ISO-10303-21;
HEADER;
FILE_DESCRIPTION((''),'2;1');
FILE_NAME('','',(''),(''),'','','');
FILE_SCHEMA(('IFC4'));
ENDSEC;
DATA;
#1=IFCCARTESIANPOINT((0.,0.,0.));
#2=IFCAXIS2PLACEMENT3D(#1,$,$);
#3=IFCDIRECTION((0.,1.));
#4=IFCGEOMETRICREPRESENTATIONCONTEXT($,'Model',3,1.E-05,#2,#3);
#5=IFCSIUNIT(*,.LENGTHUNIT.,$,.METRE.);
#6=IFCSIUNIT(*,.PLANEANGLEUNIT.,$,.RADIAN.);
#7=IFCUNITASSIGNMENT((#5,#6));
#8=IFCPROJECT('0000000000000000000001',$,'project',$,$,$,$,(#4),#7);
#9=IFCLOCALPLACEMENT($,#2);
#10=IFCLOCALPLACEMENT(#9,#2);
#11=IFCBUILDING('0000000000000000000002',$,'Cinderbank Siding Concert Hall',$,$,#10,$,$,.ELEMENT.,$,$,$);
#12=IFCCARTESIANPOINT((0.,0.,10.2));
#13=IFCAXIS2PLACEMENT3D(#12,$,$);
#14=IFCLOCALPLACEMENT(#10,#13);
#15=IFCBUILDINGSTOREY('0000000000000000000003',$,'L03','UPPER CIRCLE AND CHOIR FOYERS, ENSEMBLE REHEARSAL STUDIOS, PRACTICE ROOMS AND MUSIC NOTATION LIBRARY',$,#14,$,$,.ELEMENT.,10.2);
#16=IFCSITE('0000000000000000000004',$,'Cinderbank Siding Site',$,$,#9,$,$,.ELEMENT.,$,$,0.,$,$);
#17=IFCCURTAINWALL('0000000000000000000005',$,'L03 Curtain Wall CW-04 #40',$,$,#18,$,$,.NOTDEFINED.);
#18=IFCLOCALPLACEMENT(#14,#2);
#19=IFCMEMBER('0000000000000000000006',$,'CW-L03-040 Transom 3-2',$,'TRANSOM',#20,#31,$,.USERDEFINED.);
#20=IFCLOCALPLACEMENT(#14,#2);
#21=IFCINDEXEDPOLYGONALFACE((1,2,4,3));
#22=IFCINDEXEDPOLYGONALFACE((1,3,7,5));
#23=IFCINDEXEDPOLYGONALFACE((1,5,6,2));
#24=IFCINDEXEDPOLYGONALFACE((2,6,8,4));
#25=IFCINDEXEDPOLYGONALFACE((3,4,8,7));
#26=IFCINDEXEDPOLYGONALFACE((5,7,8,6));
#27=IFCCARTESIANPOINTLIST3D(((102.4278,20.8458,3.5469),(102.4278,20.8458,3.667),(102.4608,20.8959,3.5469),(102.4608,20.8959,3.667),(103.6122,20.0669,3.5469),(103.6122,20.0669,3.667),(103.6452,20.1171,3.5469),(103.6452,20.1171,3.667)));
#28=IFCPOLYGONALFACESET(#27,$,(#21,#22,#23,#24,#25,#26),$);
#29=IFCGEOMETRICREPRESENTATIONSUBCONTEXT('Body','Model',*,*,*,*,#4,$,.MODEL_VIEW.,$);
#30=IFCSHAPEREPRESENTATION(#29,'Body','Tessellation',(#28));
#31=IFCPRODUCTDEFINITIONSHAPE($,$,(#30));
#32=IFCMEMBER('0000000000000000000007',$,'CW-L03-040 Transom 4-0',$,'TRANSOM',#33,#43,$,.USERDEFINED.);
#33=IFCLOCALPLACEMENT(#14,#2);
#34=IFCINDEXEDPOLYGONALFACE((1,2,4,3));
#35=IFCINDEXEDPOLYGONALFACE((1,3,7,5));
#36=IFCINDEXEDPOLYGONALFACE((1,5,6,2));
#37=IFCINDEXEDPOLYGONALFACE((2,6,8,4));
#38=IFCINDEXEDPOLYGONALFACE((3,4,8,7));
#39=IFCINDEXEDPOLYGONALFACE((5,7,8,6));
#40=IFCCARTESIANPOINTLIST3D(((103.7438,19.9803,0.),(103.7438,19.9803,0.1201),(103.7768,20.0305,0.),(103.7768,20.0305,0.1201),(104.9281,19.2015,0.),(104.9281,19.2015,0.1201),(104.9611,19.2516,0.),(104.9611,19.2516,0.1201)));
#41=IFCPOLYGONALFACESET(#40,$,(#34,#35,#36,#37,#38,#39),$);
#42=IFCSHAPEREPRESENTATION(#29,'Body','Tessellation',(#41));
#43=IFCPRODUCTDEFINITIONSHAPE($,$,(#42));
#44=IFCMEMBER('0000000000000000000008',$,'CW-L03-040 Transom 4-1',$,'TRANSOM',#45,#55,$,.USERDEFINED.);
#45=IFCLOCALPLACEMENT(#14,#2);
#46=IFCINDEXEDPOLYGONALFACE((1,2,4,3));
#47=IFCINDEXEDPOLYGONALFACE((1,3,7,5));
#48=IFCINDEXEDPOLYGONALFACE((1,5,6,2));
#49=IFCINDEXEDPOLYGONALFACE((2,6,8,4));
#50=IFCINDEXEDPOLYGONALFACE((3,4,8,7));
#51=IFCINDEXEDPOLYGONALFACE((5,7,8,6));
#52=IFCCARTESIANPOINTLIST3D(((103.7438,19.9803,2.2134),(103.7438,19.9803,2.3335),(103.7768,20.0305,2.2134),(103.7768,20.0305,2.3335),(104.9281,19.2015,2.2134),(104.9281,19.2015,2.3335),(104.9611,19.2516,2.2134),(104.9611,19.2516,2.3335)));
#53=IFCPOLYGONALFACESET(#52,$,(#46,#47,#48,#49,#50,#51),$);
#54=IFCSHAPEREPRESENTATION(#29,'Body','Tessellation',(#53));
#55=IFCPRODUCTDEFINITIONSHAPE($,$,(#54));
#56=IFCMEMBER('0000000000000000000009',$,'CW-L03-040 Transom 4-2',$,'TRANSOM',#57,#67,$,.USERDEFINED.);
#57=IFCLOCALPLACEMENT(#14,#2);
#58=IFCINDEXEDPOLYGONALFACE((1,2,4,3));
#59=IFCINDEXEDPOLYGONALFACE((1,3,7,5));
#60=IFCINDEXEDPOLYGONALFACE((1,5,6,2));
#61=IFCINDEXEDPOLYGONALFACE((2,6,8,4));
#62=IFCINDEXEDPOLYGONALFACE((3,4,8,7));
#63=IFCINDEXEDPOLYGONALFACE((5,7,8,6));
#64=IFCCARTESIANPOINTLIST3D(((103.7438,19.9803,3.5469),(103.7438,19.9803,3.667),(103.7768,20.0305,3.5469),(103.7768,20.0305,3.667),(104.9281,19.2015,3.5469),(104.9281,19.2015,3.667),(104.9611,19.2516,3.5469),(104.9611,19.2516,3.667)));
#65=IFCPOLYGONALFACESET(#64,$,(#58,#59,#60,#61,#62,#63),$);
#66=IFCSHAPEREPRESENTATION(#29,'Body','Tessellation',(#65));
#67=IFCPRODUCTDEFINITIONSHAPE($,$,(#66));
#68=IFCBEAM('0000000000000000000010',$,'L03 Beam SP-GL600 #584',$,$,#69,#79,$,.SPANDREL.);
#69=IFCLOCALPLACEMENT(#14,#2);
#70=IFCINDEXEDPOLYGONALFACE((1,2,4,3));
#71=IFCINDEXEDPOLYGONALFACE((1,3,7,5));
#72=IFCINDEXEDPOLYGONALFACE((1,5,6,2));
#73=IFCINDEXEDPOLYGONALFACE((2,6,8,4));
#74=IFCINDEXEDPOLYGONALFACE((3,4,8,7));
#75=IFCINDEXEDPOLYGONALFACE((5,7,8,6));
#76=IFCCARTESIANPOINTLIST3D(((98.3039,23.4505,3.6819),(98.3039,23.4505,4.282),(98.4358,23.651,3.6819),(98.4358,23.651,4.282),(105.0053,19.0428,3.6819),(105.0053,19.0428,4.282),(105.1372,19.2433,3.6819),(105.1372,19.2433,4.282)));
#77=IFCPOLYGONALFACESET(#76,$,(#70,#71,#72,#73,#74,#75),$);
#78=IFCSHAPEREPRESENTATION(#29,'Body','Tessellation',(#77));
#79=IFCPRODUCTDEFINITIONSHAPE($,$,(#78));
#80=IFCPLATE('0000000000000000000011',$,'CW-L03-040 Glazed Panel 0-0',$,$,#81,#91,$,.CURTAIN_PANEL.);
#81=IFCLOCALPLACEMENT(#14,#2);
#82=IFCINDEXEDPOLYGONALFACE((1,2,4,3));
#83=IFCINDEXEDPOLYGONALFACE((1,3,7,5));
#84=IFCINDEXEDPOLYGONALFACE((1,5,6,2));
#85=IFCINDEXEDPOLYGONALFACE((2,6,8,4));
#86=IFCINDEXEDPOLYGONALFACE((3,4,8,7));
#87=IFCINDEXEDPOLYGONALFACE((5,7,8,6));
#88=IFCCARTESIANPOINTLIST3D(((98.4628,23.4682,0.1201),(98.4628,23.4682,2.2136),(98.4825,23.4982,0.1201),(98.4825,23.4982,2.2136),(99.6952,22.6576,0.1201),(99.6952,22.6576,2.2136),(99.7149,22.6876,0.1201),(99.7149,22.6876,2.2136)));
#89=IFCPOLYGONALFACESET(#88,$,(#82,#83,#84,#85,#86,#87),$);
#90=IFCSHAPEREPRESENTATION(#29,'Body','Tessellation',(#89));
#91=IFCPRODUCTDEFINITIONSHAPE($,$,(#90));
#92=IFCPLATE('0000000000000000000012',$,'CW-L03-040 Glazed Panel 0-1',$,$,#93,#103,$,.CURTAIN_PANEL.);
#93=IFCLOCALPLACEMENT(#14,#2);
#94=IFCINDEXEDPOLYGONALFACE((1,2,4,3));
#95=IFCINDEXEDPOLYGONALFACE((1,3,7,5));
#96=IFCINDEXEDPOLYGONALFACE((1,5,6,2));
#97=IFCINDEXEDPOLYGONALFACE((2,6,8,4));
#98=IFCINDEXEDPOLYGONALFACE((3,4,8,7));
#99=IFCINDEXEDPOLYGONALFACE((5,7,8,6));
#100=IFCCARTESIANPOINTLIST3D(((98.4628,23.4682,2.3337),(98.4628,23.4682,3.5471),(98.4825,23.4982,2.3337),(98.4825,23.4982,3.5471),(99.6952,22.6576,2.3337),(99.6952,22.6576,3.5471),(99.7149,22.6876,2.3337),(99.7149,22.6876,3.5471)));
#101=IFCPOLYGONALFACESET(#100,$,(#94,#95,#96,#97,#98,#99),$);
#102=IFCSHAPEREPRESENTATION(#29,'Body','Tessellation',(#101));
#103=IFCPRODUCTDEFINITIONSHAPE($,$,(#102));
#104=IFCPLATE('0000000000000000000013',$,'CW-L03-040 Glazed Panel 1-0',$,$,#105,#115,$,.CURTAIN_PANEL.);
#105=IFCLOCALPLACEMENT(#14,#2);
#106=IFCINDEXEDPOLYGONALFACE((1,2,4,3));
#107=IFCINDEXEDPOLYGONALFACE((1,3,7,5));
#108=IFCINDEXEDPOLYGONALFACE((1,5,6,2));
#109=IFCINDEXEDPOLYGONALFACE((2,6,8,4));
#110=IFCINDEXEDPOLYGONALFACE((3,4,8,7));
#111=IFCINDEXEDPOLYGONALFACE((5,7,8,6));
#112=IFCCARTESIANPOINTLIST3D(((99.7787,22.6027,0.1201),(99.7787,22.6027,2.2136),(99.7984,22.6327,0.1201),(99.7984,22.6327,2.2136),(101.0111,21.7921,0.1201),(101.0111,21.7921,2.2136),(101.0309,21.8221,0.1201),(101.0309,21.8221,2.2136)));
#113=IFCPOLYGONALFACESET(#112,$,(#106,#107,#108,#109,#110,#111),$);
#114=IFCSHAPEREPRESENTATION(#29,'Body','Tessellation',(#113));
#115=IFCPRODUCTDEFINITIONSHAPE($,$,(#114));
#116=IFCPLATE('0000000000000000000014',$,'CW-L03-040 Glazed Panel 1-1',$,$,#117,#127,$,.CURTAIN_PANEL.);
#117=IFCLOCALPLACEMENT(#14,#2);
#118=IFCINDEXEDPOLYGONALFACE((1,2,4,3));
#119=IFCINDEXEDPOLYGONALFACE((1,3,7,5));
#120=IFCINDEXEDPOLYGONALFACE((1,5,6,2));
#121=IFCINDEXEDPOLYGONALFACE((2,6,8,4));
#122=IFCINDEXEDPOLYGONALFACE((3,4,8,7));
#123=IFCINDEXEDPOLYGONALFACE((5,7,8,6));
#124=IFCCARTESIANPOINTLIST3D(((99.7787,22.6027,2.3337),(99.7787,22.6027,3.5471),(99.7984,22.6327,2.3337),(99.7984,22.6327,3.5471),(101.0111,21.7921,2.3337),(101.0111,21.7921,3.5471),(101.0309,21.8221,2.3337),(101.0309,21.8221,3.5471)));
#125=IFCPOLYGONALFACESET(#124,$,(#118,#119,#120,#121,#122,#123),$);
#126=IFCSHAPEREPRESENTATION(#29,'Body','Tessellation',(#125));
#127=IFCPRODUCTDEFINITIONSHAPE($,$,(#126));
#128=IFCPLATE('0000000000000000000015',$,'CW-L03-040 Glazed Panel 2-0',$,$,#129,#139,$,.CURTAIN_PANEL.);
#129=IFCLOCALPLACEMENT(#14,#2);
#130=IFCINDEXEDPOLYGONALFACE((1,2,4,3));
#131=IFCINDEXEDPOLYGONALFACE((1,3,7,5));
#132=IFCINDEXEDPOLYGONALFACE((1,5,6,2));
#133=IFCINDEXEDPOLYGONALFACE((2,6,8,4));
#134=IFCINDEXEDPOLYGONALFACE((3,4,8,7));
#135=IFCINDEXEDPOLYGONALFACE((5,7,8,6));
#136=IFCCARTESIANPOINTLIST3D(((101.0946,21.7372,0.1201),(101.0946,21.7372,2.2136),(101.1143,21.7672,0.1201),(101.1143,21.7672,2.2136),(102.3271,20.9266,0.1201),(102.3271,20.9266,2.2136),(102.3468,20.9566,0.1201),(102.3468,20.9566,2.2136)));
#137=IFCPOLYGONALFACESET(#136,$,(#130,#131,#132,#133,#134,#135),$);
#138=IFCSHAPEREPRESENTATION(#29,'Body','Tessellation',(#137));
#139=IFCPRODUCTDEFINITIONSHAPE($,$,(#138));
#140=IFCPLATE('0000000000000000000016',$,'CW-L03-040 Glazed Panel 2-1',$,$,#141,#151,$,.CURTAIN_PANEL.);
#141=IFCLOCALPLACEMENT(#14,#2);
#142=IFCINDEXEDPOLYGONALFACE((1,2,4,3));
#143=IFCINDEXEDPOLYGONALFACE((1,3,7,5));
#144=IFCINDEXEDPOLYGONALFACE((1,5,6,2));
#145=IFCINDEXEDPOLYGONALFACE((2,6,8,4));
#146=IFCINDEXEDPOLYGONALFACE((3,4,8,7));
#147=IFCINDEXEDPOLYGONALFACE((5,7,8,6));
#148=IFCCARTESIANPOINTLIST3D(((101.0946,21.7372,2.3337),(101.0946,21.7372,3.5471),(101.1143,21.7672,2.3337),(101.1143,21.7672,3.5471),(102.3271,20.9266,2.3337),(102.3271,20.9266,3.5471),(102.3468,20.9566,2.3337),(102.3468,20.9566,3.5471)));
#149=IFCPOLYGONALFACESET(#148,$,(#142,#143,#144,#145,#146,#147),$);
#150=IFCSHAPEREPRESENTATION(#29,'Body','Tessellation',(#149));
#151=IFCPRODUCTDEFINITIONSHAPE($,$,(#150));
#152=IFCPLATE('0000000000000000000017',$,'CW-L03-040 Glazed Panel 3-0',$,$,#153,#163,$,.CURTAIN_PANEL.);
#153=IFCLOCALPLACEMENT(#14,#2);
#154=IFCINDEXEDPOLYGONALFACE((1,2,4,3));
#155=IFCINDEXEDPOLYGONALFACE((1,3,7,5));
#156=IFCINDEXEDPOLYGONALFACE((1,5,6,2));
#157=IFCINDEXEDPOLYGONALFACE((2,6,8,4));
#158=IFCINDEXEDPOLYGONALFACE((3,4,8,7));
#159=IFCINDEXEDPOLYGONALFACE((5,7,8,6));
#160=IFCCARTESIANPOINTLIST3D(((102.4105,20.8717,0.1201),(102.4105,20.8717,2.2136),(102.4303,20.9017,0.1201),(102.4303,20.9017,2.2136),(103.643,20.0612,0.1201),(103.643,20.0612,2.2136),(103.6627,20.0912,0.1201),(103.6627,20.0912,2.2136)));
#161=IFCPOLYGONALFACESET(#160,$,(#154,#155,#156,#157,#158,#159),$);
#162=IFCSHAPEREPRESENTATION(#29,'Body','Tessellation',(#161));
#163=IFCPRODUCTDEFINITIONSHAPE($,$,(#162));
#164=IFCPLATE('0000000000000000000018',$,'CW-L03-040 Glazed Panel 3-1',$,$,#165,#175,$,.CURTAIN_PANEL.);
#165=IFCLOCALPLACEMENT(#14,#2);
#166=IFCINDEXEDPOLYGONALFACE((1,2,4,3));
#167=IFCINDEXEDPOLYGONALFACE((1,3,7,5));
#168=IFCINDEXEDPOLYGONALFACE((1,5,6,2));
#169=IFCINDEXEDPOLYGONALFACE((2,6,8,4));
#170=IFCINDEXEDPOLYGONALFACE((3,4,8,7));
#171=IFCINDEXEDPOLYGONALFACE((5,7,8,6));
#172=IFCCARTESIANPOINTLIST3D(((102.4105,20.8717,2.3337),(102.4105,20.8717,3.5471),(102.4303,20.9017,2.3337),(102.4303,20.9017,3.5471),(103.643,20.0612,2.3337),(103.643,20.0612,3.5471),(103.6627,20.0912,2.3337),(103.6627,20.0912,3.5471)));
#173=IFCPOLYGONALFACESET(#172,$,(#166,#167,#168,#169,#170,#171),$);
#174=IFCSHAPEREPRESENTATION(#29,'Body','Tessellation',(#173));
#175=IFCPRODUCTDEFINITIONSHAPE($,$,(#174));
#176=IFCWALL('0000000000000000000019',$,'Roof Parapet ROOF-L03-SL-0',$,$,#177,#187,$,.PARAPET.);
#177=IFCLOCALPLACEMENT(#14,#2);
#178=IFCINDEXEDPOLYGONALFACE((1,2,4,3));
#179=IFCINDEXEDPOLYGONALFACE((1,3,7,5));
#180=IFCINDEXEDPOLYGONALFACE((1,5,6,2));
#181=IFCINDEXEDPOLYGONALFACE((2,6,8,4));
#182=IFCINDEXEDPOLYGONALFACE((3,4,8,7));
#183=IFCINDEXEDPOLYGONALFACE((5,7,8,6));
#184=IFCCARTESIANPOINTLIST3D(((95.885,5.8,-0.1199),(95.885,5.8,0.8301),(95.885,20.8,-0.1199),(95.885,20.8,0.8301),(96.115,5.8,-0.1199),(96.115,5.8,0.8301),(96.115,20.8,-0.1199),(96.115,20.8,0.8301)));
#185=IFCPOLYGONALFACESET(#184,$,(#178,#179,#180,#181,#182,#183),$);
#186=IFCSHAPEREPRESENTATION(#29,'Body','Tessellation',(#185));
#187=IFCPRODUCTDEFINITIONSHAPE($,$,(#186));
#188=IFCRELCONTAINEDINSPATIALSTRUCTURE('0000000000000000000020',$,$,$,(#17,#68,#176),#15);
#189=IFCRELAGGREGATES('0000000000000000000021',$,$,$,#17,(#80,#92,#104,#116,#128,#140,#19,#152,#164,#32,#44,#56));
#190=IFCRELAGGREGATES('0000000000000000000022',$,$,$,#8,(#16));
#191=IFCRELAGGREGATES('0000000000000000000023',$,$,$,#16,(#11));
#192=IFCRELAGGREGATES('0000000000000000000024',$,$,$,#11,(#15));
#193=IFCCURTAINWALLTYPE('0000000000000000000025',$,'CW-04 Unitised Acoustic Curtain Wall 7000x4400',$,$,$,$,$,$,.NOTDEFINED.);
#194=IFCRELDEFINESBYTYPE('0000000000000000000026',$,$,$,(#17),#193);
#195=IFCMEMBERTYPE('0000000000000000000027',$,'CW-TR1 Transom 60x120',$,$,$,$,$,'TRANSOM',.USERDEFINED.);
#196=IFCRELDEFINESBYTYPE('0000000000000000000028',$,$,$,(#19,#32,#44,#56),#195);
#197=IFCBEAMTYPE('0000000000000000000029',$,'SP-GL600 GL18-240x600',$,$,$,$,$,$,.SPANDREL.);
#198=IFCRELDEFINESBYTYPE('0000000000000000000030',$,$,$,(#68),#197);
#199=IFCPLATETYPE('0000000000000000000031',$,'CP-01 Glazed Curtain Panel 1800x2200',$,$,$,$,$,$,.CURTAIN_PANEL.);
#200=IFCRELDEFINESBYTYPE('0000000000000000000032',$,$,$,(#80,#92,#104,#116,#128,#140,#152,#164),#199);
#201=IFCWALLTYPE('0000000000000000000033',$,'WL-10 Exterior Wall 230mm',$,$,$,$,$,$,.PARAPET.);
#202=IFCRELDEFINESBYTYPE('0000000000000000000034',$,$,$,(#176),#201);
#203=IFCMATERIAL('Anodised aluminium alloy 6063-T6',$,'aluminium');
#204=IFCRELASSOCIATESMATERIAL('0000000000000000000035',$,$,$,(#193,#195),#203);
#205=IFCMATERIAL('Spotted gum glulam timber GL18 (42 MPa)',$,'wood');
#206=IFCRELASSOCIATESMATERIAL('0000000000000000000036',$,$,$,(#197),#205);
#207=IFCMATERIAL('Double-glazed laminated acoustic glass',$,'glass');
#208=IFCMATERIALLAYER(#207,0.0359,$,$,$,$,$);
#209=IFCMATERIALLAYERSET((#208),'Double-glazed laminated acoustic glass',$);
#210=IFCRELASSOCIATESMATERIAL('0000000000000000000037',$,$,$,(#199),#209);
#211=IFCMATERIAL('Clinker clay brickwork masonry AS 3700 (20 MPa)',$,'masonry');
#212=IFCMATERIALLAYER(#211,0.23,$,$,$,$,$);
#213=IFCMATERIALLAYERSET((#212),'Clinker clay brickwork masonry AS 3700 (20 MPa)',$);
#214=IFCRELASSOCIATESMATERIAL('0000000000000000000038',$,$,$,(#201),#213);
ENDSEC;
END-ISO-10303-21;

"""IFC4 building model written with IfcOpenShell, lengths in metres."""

from ifc_helpers import new_model, si_unit, direction, frame, frame_2d, origin, origin_2d, place, context, subcontext, project, spatial, rectangle, extrude, material, layer, layer_set, material_profile, profile_set, type_object, element, aggregate, save


model = new_model("IFC4")

# Units and contexts
model_context = context("Model", 3, precision=1e-05, world=origin(), true_north=direction((0.0, 1.0)))
body_context = subcontext(model_context, "Body", "Model", "MODEL_VIEW")
ifc_project = project(units=[si_unit("LENGTHUNIT", "METRE"), si_unit("PLANEANGLEUNIT", "RADIAN")], contexts=[model_context])

# Site, building, storey
site_placement = place(None, origin())
site = spatial("IfcSite", under=ifc_project, at=site_placement, Name="Cinderbank Siding Site", CompositionType="ELEMENT", RefElevation=0.0)
building_placement = place(site_placement, origin())
building = spatial("IfcBuilding", under=site, at=building_placement, Name="Cinderbank Siding Concert Hall", CompositionType="ELEMENT")
storey_placement = place(building_placement, frame((0.0, 0.0, 10.2)))
storey = spatial("IfcBuildingStorey", under=building, at=storey_placement, Name="L03", Description="UPPER CIRCLE AND CHOIR FOYERS, ENSEMBLE REHEARSAL STUDIOS, PRACTICE ROOMS AND MUSIC NOTATION LIBRARY", CompositionType="ELEMENT", Elevation=10.2)

# Curtain wall
ifc_material_1 = material(Name="Anodised aluminium alloy 6063-T6", Category="aluminium")
curtain_wall_type_1 = type_object("IfcCurtainWallType", Name="CW-04 Unitised Acoustic Curtain Wall 7000x4400", PredefinedType="NOTDEFINED", material=ifc_material_1)
curtain_wall_1_placement = place(storey_placement, origin())
curtain_wall_1 = element("IfcCurtainWall", 1, at=curtain_wall_1_placement, inside=storey, type_object=curtain_wall_type_1, Name="L03 Curtain Wall CW-04 #40", PredefinedType="NOTDEFINED")

# Members
ifc_material_profile_1 = material_profile(ifc_material_1, rectangle(XDim=0.0601, YDim=0.1201, at=origin_2d()), Name="ALU-TRAN-60x120", Category="LoadBearing")
ifc_profile_set_1 = profile_set([ifc_material_profile_1], Name="Anodised aluminium alloy 6063-T6")
member_type_1 = type_object("IfcMemberType", Name="CW-TR1 Transom 60x120", ElementType="TRANSOM", PredefinedType="USERDEFINED", material=ifc_profile_set_1)
member_1_placement = place(storey_placement, frame((102.4443, 20.8708, 3.6069), z_axis=(0.835532, -0.549443, 0.0), x_axis=(0.549443, 0.835532, 0.0)))
member_1 = element("IfcMember", 2, at=member_1_placement, type_object=member_type_1, Name="CW-L03-040 Transom 3-2", ObjectType="TRANSOM", PredefinedType="USERDEFINED", context=body_context, shape_type="SweptSolid", body=[
    extrude(rectangle(XDim=0.0601, YDim=0.1201, at=origin_2d()), origin(), (0.0, 0.0, 1.0), 1.4175),
])
member_2_placement = place(storey_placement, frame((103.7603, 20.0054, 0.0601), z_axis=(0.835532, -0.549443, 0.0), x_axis=(0.549443, 0.835532, 0.0)))
member_2 = element("IfcMember", 3, at=member_2_placement, type_object=member_type_1, Name="CW-L03-040 Transom 4-0", ObjectType="TRANSOM", PredefinedType="USERDEFINED", context=body_context, shape_type="SweptSolid", body=[
    extrude(rectangle(XDim=0.0601, YDim=0.1201, at=origin_2d()), origin(), (0.0, 0.0, 1.0), 1.4175),
])
member_3_placement = place(storey_placement, frame((103.7603, 20.0054, 2.2734), z_axis=(0.835532, -0.549443, 0.0), x_axis=(0.549443, 0.835532, 0.0)))
member_3 = element("IfcMember", 4, at=member_3_placement, type_object=member_type_1, Name="CW-L03-040 Transom 4-1", ObjectType="TRANSOM", PredefinedType="USERDEFINED", context=body_context, shape_type="SweptSolid", body=[
    extrude(rectangle(XDim=0.0601, YDim=0.1201, at=origin_2d()), origin(), (0.0, 0.0, 1.0), 1.4175),
])
member_4_placement = place(storey_placement, frame((103.7603, 20.0054, 3.6069), z_axis=(0.835532, -0.549443, 0.0), x_axis=(0.549443, 0.835532, 0.0)))
member_4 = element("IfcMember", 5, at=member_4_placement, type_object=member_type_1, Name="CW-L03-040 Transom 4-2", ObjectType="TRANSOM", PredefinedType="USERDEFINED", context=body_context, shape_type="SweptSolid", body=[
    extrude(rectangle(XDim=0.0601, YDim=0.1201, at=origin_2d()), origin(), (0.0, 0.0, 1.0), 1.4175),
])

# Beam
ifc_material_2 = material(Name="Spotted gum glulam timber GL18 (42 MPa)", Category="wood")
ifc_material_profile_2 = material_profile(ifc_material_2, rectangle(XDim=0.24, YDim=0.6001, at=origin_2d()), Name="GL18-240x600", Category="LoadBearing")
ifc_profile_set_2 = profile_set([ifc_material_profile_2], Name="Spotted gum glulam timber GL18 (42 MPa)")
beam_type_1 = type_object("IfcBeamType", Name="SP-GL600 GL18-240x600", PredefinedType="SPANDREL", material=ifc_profile_set_2)
beam_1_placement = place(storey_placement, frame((98.3699, 23.5508, 3.9819), z_axis=(0.835481, -0.54952, 0.0), x_axis=(0.54952, 0.835481, 0.0)))
element("IfcBeam", 6, at=beam_1_placement, inside=storey, type_object=beam_type_1, Name="L03 Beam SP-GL600 #584", PredefinedType="SPANDREL", context=body_context, shape_type="SweptSolid", body=[
    extrude(rectangle(XDim=0.24, YDim=0.6001, at=origin_2d()), origin(), (0.0, 0.0, 1.0), 8.021),
])

# Plates
ifc_material_3 = material(Name="Double-glazed laminated acoustic glass", Category="glass")
ifc_layer_1 = layer(ifc_material_3, 0.0359)
ifc_layer_set_1 = layer_set([ifc_layer_1], Name="Double-glazed laminated acoustic glass")
plate_type = type_object("IfcPlateType", Name="CP-01 Glazed Curtain Panel 1800x2200", PredefinedType="CURTAIN_PANEL", material=ifc_layer_set_1)
plate_1_placement = place(storey_placement, frame((99.0889, 23.0779, 0.1201), z_axis=(0.0, 0.0, 1.0), x_axis=(0.835492, -0.549503, 0.0)))
plate_1 = element("IfcPlate", 7, at=plate_1_placement, type_object=plate_type, Name="CW-L03-040 Glazed Panel 0-0", PredefinedType="CURTAIN_PANEL", context=body_context, shape_type="SweptSolid", body=[
    extrude(rectangle(XDim=1.4751, YDim=0.0359, at=origin_2d()), origin(), (0.0, 0.0, 1.0), 2.0935),
])
plate_2_placement = place(storey_placement, frame((99.0889, 23.0779, 2.3337), z_axis=(0.0, 0.0, 1.0), x_axis=(0.835492, -0.549503, 0.0)))
plate_2 = element("IfcPlate", 8, at=plate_2_placement, type_object=plate_type, Name="CW-L03-040 Glazed Panel 0-1", PredefinedType="CURTAIN_PANEL", context=body_context, shape_type="SweptSolid", body=[
    extrude(rectangle(XDim=1.4751, YDim=0.0359, at=origin_2d()), origin(), (0.0, 0.0, 1.0), 1.2134),
])
plate_3_placement = place(storey_placement, frame((100.4048, 22.2124, 0.1201), z_axis=(0.0, 0.0, 1.0), x_axis=(0.835492, -0.549503, 0.0)))
plate_3 = element("IfcPlate", 9, at=plate_3_placement, type_object=plate_type, Name="CW-L03-040 Glazed Panel 1-0", PredefinedType="CURTAIN_PANEL", context=body_context, shape_type="SweptSolid", body=[
    extrude(rectangle(XDim=1.4751, YDim=0.0359, at=origin_2d()), origin(), (0.0, 0.0, 1.0), 2.0935),
])
plate_4_placement = place(storey_placement, frame((100.4048, 22.2124, 2.3337), z_axis=(0.0, 0.0, 1.0), x_axis=(0.835492, -0.549503, 0.0)))
plate_4 = element("IfcPlate", 10, at=plate_4_placement, type_object=plate_type, Name="CW-L03-040 Glazed Panel 1-1", PredefinedType="CURTAIN_PANEL", context=body_context, shape_type="SweptSolid", body=[
    extrude(rectangle(XDim=1.4751, YDim=0.0359, at=origin_2d()), origin(), (0.0, 0.0, 1.0), 1.2134),
])
plate_5_placement = place(storey_placement, frame((101.7207, 21.3469, 0.1201), z_axis=(0.0, 0.0, 1.0), x_axis=(0.835492, -0.549503, 0.0)))
plate_5 = element("IfcPlate", 11, at=plate_5_placement, type_object=plate_type, Name="CW-L03-040 Glazed Panel 2-0", PredefinedType="CURTAIN_PANEL", context=body_context, shape_type="SweptSolid", body=[
    extrude(rectangle(XDim=1.4751, YDim=0.0359, at=origin_2d()), origin(), (0.0, 0.0, 1.0), 2.0935),
])
plate_6_placement = place(storey_placement, frame((101.7207, 21.3469, 2.3337), z_axis=(0.0, 0.0, 1.0), x_axis=(0.835492, -0.549503, 0.0)))
plate_6 = element("IfcPlate", 12, at=plate_6_placement, type_object=plate_type, Name="CW-L03-040 Glazed Panel 2-1", PredefinedType="CURTAIN_PANEL", context=body_context, shape_type="SweptSolid", body=[
    extrude(rectangle(XDim=1.4751, YDim=0.0359, at=origin_2d()), origin(), (0.0, 0.0, 1.0), 1.2134),
])
plate_7_placement = place(storey_placement, frame((103.0366, 20.4814, 0.1201), z_axis=(0.0, 0.0, 1.0), x_axis=(0.835492, -0.549503, 0.0)))
plate_7 = element("IfcPlate", 13, at=plate_7_placement, type_object=plate_type, Name="CW-L03-040 Glazed Panel 3-0", PredefinedType="CURTAIN_PANEL", context=body_context, shape_type="SweptSolid", body=[
    extrude(rectangle(XDim=1.4751, YDim=0.0359, at=origin_2d()), origin(), (0.0, 0.0, 1.0), 2.0935),
])
plate_8_placement = place(storey_placement, frame((103.0366, 20.4814, 2.3337), z_axis=(0.0, 0.0, 1.0), x_axis=(0.835492, -0.549503, 0.0)))
plate_8 = element("IfcPlate", 14, at=plate_8_placement, type_object=plate_type, Name="CW-L03-040 Glazed Panel 3-1", PredefinedType="CURTAIN_PANEL", context=body_context, shape_type="SweptSolid", body=[
    extrude(rectangle(XDim=1.4751, YDim=0.0359, at=origin_2d()), origin(), (0.0, 0.0, 1.0), 1.2134),
])
aggregate(curtain_wall_1, [plate_1, plate_2, plate_3, plate_4, plate_5, plate_6, member_1, plate_7, plate_8, member_2, member_3, member_4])

# Wall
ifc_material_4 = material(Name="Clinker clay brickwork masonry AS 3700 (20 MPa)", Category="masonry")
ifc_layer_2 = layer(ifc_material_4, 0.23)
ifc_layer_set_2 = layer_set([ifc_layer_2], Name="Clinker clay brickwork masonry AS 3700 (20 MPa)")
wall_type = type_object("IfcWallType", Name="WL-10 Exterior Wall 230mm", PredefinedType="PARAPET", material=ifc_layer_set_2)
wall_placement = place(storey_placement, frame((96.0, 20.8, -0.1199), z_axis=(0.0, 0.0, 1.0), x_axis=(0.0, -1.0, 0.0)))
element("IfcWall", 15, at=wall_placement, inside=storey, type_object=wall_type, Name="Roof Parapet ROOF-L03-SL-0", PredefinedType="PARAPET", context=body_context, shape_type="SweptSolid", body=[
    extrude(rectangle(XDim=15.0, YDim=0.23, at=frame_2d((7.5, 0.0))), origin(), (0.0, 0.0, 1.0), 0.95),
])

save(model, "model.ifc")
